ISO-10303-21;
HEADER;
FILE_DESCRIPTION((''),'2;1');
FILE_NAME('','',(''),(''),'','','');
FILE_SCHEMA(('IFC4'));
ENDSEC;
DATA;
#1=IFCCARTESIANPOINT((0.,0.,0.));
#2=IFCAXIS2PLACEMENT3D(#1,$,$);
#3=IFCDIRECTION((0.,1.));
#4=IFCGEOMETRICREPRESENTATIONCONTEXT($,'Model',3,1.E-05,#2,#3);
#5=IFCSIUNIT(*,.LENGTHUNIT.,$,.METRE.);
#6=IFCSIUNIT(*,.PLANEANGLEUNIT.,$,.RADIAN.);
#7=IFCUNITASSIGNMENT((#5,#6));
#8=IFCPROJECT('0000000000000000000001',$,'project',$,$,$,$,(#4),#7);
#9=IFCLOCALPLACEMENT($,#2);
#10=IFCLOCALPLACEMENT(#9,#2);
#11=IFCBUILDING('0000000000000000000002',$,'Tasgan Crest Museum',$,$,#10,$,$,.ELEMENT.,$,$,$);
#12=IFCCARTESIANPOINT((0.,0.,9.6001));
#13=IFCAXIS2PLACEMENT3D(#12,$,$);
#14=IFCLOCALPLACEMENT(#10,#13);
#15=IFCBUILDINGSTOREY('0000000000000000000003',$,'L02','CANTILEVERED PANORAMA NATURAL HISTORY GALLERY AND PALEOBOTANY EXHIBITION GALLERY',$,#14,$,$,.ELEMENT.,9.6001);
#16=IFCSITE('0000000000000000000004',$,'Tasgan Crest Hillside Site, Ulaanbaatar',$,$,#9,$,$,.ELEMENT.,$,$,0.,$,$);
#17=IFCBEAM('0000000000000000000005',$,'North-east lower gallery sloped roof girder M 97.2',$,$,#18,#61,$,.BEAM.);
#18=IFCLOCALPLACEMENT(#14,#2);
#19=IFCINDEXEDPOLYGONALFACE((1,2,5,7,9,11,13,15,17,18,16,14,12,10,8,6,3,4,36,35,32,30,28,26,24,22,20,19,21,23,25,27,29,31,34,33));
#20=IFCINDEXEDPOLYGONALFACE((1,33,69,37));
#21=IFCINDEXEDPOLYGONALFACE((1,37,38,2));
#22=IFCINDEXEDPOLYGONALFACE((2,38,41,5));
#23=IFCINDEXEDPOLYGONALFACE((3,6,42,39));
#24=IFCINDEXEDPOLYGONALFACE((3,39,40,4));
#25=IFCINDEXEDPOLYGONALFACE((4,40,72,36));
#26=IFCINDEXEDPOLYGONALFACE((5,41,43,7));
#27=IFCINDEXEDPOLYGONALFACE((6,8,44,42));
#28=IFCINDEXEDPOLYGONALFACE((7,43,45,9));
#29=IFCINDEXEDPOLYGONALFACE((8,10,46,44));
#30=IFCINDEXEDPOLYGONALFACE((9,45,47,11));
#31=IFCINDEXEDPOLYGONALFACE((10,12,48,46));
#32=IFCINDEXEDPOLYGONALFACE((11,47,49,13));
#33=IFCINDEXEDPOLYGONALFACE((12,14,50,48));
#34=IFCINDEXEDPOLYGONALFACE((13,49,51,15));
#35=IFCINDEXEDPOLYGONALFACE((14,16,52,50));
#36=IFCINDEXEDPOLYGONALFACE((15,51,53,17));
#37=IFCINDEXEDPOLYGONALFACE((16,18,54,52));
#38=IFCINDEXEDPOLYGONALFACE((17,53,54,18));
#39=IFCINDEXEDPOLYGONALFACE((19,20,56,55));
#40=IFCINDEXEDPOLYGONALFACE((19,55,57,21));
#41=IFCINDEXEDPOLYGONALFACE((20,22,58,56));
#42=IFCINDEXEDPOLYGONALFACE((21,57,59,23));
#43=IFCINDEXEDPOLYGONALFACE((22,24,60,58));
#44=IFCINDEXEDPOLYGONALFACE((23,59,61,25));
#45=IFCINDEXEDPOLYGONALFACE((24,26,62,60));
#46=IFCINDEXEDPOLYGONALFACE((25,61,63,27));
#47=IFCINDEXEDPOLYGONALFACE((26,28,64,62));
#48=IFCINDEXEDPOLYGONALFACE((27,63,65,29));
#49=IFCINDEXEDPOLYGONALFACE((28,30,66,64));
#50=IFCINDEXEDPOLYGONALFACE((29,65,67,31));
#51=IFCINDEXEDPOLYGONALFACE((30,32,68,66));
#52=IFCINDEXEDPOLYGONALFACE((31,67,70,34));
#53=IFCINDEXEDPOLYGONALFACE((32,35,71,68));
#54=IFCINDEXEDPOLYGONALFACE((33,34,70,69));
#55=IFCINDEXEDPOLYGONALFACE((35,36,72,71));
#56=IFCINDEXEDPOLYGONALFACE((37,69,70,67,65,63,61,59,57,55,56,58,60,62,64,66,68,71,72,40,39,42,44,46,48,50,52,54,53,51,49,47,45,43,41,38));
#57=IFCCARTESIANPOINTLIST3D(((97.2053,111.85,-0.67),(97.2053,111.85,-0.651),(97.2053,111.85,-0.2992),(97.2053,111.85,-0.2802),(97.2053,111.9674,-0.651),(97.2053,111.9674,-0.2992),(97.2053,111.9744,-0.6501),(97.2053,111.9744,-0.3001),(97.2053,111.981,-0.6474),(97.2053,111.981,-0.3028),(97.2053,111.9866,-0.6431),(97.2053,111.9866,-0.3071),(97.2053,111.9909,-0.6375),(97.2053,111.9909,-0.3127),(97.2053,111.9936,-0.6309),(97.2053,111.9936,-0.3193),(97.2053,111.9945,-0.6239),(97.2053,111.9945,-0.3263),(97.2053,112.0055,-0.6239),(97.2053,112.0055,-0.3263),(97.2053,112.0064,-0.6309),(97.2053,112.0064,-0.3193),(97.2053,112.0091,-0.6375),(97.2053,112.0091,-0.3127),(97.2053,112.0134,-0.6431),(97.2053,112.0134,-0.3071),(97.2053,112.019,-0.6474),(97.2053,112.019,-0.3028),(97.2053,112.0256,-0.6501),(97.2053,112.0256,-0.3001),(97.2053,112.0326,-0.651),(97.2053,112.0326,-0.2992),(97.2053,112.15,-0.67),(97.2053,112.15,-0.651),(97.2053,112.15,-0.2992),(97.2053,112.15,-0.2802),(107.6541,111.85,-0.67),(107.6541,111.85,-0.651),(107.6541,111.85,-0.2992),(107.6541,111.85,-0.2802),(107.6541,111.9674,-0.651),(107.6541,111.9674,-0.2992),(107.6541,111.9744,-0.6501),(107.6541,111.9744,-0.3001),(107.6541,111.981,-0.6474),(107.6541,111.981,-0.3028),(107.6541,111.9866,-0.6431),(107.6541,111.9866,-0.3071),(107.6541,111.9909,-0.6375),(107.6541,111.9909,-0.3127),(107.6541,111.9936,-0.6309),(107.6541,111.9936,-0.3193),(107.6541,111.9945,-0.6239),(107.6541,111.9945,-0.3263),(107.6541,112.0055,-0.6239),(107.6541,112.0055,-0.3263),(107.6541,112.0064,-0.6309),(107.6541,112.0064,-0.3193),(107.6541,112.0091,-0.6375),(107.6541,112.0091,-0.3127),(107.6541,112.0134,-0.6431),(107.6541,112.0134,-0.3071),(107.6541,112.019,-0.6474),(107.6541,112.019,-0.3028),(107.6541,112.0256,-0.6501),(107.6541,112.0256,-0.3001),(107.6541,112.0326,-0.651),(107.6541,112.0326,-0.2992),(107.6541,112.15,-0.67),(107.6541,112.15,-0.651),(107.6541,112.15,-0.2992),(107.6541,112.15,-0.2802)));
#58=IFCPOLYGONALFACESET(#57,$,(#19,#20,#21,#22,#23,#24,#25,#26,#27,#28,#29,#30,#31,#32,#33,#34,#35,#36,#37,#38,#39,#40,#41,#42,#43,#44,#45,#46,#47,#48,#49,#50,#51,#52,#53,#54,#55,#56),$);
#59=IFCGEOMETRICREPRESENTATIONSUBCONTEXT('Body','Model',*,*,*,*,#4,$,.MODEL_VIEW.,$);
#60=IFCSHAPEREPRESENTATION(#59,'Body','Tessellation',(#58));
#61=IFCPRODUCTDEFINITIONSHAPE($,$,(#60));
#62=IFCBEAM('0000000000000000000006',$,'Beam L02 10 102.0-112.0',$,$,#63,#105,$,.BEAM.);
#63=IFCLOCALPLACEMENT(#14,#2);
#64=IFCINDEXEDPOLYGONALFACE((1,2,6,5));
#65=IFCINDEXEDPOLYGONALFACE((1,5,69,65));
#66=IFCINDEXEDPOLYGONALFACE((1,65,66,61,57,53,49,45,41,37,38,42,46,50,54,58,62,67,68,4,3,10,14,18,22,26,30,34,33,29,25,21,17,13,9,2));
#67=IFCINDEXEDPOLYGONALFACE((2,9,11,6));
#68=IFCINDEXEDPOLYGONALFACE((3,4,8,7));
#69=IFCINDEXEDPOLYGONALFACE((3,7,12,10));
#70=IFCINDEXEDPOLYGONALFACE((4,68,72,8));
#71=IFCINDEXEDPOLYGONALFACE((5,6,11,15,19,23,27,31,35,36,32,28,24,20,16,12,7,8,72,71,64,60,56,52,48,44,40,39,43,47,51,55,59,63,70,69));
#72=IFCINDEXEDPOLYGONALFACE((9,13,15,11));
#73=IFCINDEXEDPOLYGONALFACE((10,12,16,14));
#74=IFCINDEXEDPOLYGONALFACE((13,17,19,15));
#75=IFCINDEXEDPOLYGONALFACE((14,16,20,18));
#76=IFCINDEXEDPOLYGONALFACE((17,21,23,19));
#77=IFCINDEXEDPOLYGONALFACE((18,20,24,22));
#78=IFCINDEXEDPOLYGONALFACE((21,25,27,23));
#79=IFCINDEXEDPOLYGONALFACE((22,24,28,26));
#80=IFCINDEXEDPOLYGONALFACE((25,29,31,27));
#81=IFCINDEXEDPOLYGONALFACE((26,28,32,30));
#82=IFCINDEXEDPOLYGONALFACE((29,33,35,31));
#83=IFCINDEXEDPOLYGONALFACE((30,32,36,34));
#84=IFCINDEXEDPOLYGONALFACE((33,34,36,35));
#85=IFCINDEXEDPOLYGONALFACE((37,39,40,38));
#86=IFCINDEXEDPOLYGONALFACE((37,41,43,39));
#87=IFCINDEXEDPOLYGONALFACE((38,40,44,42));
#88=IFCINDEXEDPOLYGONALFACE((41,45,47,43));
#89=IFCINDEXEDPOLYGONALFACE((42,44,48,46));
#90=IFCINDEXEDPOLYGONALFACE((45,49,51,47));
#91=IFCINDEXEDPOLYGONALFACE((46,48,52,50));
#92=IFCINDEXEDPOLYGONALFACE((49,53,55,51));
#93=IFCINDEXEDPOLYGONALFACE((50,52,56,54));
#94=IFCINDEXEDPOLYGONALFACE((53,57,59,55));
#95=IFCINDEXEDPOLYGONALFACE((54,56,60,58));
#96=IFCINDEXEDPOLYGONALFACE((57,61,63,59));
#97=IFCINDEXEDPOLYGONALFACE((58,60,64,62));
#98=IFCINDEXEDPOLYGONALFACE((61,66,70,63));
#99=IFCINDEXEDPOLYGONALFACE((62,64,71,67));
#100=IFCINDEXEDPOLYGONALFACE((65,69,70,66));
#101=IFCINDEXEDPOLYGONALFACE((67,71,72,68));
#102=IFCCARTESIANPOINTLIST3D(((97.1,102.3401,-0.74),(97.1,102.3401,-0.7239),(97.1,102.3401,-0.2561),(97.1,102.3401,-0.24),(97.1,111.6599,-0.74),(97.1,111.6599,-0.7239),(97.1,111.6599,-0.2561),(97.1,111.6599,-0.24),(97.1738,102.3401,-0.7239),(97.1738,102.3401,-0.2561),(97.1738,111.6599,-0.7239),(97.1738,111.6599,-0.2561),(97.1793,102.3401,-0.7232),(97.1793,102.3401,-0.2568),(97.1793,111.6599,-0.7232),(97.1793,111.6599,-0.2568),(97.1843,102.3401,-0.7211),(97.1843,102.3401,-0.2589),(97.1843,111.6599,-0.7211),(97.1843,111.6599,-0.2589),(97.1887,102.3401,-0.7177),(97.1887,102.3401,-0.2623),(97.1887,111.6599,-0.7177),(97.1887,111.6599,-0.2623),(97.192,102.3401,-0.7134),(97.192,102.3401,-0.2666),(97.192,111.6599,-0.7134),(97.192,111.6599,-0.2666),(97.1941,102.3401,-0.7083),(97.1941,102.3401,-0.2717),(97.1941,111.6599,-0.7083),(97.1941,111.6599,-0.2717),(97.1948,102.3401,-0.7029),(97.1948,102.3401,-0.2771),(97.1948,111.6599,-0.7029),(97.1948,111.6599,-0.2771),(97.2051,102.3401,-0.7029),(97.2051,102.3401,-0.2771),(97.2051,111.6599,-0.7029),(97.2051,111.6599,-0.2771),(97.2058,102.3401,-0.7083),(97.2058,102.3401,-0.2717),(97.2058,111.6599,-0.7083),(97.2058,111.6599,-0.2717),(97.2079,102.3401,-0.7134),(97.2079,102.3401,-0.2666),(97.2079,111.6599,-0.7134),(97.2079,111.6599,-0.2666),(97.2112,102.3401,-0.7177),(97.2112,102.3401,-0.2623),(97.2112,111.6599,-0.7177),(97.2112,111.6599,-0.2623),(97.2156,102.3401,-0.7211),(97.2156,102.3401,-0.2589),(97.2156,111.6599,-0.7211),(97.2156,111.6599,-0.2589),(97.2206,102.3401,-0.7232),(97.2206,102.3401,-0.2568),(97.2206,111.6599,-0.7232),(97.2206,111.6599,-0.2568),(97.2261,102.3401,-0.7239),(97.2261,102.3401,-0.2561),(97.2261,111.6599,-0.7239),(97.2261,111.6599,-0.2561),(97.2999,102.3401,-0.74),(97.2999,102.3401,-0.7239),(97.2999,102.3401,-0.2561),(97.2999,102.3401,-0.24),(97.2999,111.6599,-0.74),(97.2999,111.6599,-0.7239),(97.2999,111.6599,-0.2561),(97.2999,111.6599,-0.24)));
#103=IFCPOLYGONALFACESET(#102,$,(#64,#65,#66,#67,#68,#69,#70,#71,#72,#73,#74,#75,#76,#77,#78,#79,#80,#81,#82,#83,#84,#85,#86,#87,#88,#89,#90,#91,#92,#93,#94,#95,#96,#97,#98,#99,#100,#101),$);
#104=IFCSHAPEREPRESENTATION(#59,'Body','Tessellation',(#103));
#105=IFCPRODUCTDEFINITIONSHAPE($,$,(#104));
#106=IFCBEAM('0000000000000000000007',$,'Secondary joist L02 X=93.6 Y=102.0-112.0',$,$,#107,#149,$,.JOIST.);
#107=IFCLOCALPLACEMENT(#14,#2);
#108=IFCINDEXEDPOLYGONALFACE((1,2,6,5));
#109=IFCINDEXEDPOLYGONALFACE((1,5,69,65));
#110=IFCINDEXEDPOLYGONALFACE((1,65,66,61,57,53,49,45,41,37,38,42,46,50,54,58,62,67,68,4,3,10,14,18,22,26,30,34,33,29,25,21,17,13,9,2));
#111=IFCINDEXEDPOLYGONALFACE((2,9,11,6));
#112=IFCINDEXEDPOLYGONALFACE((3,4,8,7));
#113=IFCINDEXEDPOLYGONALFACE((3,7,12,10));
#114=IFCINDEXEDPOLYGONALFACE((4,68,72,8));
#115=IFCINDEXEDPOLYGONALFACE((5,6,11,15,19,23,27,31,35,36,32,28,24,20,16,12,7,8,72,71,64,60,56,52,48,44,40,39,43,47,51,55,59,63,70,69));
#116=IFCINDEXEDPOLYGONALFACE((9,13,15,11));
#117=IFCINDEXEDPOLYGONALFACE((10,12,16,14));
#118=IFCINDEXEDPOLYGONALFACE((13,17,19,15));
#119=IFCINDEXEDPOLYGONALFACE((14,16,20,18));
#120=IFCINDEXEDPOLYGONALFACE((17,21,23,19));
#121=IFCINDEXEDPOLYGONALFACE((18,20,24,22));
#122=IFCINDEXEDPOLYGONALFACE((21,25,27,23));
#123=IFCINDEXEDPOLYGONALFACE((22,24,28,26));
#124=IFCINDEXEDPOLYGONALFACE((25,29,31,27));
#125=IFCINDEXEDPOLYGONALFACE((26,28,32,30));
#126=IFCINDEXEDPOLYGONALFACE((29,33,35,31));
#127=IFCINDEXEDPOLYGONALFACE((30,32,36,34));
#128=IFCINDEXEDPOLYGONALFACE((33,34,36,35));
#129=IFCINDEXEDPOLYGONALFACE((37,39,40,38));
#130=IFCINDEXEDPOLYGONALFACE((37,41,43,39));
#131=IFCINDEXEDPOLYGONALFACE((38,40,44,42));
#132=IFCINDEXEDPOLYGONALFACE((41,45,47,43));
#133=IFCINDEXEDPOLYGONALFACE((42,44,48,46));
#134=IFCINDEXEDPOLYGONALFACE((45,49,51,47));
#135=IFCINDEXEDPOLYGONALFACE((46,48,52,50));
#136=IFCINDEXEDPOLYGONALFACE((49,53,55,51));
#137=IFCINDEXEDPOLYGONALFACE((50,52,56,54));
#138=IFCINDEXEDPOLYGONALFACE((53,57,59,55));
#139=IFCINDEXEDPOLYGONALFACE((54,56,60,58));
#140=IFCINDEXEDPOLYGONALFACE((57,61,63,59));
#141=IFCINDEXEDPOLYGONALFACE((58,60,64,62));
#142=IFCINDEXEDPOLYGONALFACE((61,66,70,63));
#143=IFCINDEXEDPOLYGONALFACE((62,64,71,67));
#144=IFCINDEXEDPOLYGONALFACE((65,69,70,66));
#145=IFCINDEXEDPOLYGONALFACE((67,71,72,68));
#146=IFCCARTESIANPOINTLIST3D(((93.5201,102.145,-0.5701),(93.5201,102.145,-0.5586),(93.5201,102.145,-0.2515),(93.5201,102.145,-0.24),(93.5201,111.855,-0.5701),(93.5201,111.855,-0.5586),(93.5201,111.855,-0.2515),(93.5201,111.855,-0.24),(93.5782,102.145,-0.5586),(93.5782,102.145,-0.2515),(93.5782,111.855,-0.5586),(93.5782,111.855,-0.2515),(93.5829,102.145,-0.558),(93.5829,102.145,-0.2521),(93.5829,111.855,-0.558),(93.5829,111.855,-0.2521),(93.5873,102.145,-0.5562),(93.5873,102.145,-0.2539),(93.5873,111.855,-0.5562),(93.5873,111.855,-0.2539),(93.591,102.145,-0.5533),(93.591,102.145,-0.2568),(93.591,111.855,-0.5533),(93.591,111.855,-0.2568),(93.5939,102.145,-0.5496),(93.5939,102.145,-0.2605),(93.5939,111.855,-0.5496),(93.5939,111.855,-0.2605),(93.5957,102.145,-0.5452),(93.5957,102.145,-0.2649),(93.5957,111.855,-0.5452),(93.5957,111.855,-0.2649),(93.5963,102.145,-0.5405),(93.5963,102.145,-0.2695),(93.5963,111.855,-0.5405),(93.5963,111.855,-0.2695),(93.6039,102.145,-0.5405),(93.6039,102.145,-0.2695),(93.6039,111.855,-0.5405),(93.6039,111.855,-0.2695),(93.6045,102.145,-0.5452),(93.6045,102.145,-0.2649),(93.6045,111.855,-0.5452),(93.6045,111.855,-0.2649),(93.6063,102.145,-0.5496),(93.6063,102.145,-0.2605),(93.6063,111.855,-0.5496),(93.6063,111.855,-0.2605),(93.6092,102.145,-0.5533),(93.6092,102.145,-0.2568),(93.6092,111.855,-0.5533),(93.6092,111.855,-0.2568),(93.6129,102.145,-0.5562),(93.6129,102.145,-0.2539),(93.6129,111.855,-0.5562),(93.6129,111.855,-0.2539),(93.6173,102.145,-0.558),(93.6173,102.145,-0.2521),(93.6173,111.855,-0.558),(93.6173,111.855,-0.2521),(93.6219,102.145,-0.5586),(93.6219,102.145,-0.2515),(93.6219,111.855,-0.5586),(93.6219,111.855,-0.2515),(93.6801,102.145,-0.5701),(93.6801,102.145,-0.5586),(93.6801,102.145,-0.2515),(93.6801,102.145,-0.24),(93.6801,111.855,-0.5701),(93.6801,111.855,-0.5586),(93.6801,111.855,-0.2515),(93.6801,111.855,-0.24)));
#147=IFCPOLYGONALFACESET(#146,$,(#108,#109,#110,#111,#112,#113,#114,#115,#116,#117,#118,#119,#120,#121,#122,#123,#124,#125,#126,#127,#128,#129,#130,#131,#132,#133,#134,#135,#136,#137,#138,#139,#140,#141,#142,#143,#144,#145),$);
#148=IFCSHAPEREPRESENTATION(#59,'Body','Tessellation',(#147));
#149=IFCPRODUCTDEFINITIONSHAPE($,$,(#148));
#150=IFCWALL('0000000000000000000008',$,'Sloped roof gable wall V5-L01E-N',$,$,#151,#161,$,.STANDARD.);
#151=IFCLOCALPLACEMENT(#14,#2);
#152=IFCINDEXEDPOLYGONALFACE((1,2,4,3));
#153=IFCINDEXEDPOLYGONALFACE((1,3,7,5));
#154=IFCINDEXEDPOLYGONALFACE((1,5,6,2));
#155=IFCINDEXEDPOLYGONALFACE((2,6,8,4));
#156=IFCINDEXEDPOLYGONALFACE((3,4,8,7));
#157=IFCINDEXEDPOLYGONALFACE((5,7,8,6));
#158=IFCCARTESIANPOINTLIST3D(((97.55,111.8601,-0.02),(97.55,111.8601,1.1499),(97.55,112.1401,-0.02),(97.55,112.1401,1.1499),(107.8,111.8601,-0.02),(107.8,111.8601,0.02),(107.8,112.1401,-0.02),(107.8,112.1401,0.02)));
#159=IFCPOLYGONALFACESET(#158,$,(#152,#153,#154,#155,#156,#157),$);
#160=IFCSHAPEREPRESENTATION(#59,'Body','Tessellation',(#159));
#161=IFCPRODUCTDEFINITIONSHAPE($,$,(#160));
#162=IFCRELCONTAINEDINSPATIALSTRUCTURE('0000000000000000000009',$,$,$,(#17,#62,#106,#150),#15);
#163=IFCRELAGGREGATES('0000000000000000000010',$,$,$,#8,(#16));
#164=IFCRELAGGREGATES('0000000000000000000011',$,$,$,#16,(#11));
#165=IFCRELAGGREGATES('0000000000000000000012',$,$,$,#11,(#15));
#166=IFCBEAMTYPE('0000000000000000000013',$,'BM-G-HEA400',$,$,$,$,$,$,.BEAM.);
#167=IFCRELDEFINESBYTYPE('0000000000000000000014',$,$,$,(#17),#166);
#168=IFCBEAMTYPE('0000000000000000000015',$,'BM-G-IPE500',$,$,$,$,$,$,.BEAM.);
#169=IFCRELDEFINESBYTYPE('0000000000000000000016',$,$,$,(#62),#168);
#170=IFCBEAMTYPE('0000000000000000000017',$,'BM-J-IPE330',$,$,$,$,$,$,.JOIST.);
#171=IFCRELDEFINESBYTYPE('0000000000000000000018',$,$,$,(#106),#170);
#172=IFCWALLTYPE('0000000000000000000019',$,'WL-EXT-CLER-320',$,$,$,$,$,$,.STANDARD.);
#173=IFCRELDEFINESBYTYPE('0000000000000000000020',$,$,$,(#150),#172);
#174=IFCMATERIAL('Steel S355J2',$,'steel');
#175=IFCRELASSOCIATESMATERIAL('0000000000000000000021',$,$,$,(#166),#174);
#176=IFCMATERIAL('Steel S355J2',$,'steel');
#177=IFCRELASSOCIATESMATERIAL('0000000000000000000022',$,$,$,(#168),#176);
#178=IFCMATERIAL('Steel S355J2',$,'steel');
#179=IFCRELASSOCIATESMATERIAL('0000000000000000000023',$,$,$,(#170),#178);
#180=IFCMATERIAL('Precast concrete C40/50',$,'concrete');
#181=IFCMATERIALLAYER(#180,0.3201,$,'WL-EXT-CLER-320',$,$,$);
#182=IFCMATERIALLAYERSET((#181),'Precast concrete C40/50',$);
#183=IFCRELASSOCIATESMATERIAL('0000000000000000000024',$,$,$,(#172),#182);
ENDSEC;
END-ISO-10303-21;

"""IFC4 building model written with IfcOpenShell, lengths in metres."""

from ifc_helpers import new_model, si_unit, direction, frame, origin, origin_2d, place, context, subcontext, project, spatial, polyline, i_section, outline, extrude, material, layer, layer_set, material_profile, profile_set, type_object, element, save


model = new_model("IFC4")

# Units and contexts
model_context = context("Model", 3, precision=1e-05, world=origin(), true_north=direction((0.0, 1.0)))
body_context = subcontext(model_context, "Body", "Model", "MODEL_VIEW")
ifc_project = project(units=[si_unit("LENGTHUNIT", "METRE"), si_unit("PLANEANGLEUNIT", "RADIAN")], contexts=[model_context])

# Site, building, storey
site_placement = place(None, origin())
site = spatial("IfcSite", under=ifc_project, at=site_placement, Name="Tasgan Crest Hillside Site, Ulaanbaatar", CompositionType="ELEMENT", RefElevation=0.0)
building_placement = place(site_placement, origin())
building = spatial("IfcBuilding", under=site, at=building_placement, Name="Tasgan Crest Museum", CompositionType="ELEMENT")
storey_placement = place(building_placement, frame((0.0, 0.0, 9.6001)))
storey = spatial("IfcBuildingStorey", under=building, at=storey_placement, Name="L02", Description="CANTILEVERED PANORAMA NATURAL HISTORY GALLERY AND PALEOBOTANY EXHIBITION GALLERY", CompositionType="ELEMENT", Elevation=9.6001)

# Beams
ifc_material_1 = material(Name="Steel S355J2", Category="steel")
ifc_material_profile_1 = material_profile(ifc_material_1, i_section(OverallWidth=0.3, OverallDepth=0.3899, WebThickness=0.011, FlangeThickness=0.019, FilletRadius=0.0271, at=origin_2d()), Name="HEA 400")
ifc_profile_set_1 = profile_set([ifc_material_profile_1], Name="Steel S355J2")
beam_type_1 = type_object("IfcBeamType", Name="BM-G-HEA400", PredefinedType="BEAM", material=ifc_profile_set_1)
for number, where, z_axis, x_axis, name in (
    (1, (97.2053, 112.0, -0.4751), (1.0, 0.0, 0.0), (0.0, 1.0, 0.0), "North-east lower gallery sloped roof girder M 97.2"),
):
    element("IfcBeam", number, at=place(storey_placement, frame(where, z_axis=z_axis, x_axis=x_axis)), inside=storey, type_object=beam_type_1, Name=name, PredefinedType="BEAM", context=body_context, shape_type="SweptSolid", body=[
        extrude(i_section(OverallWidth=0.3, OverallDepth=0.3899, WebThickness=0.011, FlangeThickness=0.019, FilletRadius=0.0271, at=origin_2d()), origin(), (0.0, 0.0, 1.0), 10.4487),
    ])
ifc_material_2 = material(Name="Steel S355J2", Category="steel")
ifc_material_profile_2 = material_profile(ifc_material_2, i_section(OverallWidth=0.2, OverallDepth=0.5, WebThickness=0.0103, FlangeThickness=0.0161, FilletRadius=0.021, at=origin_2d()), Name="IPE 500")
ifc_profile_set_2 = profile_set([ifc_material_profile_2], Name="Steel S355J2")
beam_type_2 = type_object("IfcBeamType", Name="BM-G-IPE500", PredefinedType="BEAM", material=ifc_profile_set_2)
beam_1_placement = place(storey_placement, frame((97.2, 102.3401, -0.49), z_axis=(0.0, 1.0, 0.0), x_axis=(-1.0, 0.0, 0.0)))
element("IfcBeam", 2, at=beam_1_placement, inside=storey, type_object=beam_type_2, Name="Beam L02 10 102.0-112.0", PredefinedType="BEAM", context=body_context, shape_type="SweptSolid", body=[
    extrude(i_section(OverallWidth=0.2, OverallDepth=0.5, WebThickness=0.0103, FlangeThickness=0.0161, FilletRadius=0.021, at=origin_2d()), origin(), (0.0, 0.0, 1.0), 9.3198),
])
ifc_material_3 = material(Name="Steel S355J2", Category="steel")
ifc_material_profile_3 = material_profile(ifc_material_3, i_section(OverallWidth=0.1599, OverallDepth=0.3301, WebThickness=0.0076, FlangeThickness=0.0115, FilletRadius=0.0181, at=origin_2d()), Name="IPE 330")
ifc_profile_set_3 = profile_set([ifc_material_profile_3], Name="Steel S355J2")
beam_type_3 = type_object("IfcBeamType", Name="BM-J-IPE330", PredefinedType="JOIST", material=ifc_profile_set_3)
beam_2_placement = place(storey_placement, frame((93.6001, 102.145, -0.405), z_axis=(0.0, 1.0, 0.0), x_axis=(-1.0, 0.0, 0.0)))
element("IfcBeam", 3, at=beam_2_placement, inside=storey, type_object=beam_type_3, Name="Secondary joist L02 X=93.6 Y=102.0-112.0", PredefinedType="JOIST", context=body_context, shape_type="SweptSolid", body=[
    extrude(i_section(OverallWidth=0.1599, OverallDepth=0.3301, WebThickness=0.0076, FlangeThickness=0.0115, FilletRadius=0.0181, at=origin_2d()), origin(), (0.0, 0.0, 1.0), 9.71),
])

# Wall
ifc_material_4 = material(Name="Precast concrete C40/50", Category="concrete")
ifc_layer_1 = layer(ifc_material_4, 0.3201, Name="WL-EXT-CLER-320")
ifc_layer_set_1 = layer_set([ifc_layer_1], Name="Precast concrete C40/50")
wall_type_1 = type_object("IfcWallType", Name="WL-EXT-CLER-320", PredefinedType="STANDARD", material=ifc_layer_set_1)
wall_1_placement = place(storey_placement, frame((97.55, 112.0, -0.02), z_axis=(0.0, 0.0, 1.0), x_axis=(1.0, 0.0, 0.0)))
element("IfcWall", 4, at=wall_1_placement, inside=storey, type_object=wall_type_1, Name="Sloped roof gable wall V5-L01E-N", PredefinedType="STANDARD", context=body_context, shape_type="SweptSolid", body=[
    extrude(outline(polyline([(0.0, 0.0), (10.25, 0.0), (10.25, 0.04), (0.0, 1.1699), (0.0, 0.0)])), frame((0.0, 0.1401, 0.0), z_axis=(0.0, -1.0, 0.0), x_axis=(1.0, 0.0, 0.0)), (0.0, 0.0, 1.0), 0.28),
])

save(model, "model.ifc")
